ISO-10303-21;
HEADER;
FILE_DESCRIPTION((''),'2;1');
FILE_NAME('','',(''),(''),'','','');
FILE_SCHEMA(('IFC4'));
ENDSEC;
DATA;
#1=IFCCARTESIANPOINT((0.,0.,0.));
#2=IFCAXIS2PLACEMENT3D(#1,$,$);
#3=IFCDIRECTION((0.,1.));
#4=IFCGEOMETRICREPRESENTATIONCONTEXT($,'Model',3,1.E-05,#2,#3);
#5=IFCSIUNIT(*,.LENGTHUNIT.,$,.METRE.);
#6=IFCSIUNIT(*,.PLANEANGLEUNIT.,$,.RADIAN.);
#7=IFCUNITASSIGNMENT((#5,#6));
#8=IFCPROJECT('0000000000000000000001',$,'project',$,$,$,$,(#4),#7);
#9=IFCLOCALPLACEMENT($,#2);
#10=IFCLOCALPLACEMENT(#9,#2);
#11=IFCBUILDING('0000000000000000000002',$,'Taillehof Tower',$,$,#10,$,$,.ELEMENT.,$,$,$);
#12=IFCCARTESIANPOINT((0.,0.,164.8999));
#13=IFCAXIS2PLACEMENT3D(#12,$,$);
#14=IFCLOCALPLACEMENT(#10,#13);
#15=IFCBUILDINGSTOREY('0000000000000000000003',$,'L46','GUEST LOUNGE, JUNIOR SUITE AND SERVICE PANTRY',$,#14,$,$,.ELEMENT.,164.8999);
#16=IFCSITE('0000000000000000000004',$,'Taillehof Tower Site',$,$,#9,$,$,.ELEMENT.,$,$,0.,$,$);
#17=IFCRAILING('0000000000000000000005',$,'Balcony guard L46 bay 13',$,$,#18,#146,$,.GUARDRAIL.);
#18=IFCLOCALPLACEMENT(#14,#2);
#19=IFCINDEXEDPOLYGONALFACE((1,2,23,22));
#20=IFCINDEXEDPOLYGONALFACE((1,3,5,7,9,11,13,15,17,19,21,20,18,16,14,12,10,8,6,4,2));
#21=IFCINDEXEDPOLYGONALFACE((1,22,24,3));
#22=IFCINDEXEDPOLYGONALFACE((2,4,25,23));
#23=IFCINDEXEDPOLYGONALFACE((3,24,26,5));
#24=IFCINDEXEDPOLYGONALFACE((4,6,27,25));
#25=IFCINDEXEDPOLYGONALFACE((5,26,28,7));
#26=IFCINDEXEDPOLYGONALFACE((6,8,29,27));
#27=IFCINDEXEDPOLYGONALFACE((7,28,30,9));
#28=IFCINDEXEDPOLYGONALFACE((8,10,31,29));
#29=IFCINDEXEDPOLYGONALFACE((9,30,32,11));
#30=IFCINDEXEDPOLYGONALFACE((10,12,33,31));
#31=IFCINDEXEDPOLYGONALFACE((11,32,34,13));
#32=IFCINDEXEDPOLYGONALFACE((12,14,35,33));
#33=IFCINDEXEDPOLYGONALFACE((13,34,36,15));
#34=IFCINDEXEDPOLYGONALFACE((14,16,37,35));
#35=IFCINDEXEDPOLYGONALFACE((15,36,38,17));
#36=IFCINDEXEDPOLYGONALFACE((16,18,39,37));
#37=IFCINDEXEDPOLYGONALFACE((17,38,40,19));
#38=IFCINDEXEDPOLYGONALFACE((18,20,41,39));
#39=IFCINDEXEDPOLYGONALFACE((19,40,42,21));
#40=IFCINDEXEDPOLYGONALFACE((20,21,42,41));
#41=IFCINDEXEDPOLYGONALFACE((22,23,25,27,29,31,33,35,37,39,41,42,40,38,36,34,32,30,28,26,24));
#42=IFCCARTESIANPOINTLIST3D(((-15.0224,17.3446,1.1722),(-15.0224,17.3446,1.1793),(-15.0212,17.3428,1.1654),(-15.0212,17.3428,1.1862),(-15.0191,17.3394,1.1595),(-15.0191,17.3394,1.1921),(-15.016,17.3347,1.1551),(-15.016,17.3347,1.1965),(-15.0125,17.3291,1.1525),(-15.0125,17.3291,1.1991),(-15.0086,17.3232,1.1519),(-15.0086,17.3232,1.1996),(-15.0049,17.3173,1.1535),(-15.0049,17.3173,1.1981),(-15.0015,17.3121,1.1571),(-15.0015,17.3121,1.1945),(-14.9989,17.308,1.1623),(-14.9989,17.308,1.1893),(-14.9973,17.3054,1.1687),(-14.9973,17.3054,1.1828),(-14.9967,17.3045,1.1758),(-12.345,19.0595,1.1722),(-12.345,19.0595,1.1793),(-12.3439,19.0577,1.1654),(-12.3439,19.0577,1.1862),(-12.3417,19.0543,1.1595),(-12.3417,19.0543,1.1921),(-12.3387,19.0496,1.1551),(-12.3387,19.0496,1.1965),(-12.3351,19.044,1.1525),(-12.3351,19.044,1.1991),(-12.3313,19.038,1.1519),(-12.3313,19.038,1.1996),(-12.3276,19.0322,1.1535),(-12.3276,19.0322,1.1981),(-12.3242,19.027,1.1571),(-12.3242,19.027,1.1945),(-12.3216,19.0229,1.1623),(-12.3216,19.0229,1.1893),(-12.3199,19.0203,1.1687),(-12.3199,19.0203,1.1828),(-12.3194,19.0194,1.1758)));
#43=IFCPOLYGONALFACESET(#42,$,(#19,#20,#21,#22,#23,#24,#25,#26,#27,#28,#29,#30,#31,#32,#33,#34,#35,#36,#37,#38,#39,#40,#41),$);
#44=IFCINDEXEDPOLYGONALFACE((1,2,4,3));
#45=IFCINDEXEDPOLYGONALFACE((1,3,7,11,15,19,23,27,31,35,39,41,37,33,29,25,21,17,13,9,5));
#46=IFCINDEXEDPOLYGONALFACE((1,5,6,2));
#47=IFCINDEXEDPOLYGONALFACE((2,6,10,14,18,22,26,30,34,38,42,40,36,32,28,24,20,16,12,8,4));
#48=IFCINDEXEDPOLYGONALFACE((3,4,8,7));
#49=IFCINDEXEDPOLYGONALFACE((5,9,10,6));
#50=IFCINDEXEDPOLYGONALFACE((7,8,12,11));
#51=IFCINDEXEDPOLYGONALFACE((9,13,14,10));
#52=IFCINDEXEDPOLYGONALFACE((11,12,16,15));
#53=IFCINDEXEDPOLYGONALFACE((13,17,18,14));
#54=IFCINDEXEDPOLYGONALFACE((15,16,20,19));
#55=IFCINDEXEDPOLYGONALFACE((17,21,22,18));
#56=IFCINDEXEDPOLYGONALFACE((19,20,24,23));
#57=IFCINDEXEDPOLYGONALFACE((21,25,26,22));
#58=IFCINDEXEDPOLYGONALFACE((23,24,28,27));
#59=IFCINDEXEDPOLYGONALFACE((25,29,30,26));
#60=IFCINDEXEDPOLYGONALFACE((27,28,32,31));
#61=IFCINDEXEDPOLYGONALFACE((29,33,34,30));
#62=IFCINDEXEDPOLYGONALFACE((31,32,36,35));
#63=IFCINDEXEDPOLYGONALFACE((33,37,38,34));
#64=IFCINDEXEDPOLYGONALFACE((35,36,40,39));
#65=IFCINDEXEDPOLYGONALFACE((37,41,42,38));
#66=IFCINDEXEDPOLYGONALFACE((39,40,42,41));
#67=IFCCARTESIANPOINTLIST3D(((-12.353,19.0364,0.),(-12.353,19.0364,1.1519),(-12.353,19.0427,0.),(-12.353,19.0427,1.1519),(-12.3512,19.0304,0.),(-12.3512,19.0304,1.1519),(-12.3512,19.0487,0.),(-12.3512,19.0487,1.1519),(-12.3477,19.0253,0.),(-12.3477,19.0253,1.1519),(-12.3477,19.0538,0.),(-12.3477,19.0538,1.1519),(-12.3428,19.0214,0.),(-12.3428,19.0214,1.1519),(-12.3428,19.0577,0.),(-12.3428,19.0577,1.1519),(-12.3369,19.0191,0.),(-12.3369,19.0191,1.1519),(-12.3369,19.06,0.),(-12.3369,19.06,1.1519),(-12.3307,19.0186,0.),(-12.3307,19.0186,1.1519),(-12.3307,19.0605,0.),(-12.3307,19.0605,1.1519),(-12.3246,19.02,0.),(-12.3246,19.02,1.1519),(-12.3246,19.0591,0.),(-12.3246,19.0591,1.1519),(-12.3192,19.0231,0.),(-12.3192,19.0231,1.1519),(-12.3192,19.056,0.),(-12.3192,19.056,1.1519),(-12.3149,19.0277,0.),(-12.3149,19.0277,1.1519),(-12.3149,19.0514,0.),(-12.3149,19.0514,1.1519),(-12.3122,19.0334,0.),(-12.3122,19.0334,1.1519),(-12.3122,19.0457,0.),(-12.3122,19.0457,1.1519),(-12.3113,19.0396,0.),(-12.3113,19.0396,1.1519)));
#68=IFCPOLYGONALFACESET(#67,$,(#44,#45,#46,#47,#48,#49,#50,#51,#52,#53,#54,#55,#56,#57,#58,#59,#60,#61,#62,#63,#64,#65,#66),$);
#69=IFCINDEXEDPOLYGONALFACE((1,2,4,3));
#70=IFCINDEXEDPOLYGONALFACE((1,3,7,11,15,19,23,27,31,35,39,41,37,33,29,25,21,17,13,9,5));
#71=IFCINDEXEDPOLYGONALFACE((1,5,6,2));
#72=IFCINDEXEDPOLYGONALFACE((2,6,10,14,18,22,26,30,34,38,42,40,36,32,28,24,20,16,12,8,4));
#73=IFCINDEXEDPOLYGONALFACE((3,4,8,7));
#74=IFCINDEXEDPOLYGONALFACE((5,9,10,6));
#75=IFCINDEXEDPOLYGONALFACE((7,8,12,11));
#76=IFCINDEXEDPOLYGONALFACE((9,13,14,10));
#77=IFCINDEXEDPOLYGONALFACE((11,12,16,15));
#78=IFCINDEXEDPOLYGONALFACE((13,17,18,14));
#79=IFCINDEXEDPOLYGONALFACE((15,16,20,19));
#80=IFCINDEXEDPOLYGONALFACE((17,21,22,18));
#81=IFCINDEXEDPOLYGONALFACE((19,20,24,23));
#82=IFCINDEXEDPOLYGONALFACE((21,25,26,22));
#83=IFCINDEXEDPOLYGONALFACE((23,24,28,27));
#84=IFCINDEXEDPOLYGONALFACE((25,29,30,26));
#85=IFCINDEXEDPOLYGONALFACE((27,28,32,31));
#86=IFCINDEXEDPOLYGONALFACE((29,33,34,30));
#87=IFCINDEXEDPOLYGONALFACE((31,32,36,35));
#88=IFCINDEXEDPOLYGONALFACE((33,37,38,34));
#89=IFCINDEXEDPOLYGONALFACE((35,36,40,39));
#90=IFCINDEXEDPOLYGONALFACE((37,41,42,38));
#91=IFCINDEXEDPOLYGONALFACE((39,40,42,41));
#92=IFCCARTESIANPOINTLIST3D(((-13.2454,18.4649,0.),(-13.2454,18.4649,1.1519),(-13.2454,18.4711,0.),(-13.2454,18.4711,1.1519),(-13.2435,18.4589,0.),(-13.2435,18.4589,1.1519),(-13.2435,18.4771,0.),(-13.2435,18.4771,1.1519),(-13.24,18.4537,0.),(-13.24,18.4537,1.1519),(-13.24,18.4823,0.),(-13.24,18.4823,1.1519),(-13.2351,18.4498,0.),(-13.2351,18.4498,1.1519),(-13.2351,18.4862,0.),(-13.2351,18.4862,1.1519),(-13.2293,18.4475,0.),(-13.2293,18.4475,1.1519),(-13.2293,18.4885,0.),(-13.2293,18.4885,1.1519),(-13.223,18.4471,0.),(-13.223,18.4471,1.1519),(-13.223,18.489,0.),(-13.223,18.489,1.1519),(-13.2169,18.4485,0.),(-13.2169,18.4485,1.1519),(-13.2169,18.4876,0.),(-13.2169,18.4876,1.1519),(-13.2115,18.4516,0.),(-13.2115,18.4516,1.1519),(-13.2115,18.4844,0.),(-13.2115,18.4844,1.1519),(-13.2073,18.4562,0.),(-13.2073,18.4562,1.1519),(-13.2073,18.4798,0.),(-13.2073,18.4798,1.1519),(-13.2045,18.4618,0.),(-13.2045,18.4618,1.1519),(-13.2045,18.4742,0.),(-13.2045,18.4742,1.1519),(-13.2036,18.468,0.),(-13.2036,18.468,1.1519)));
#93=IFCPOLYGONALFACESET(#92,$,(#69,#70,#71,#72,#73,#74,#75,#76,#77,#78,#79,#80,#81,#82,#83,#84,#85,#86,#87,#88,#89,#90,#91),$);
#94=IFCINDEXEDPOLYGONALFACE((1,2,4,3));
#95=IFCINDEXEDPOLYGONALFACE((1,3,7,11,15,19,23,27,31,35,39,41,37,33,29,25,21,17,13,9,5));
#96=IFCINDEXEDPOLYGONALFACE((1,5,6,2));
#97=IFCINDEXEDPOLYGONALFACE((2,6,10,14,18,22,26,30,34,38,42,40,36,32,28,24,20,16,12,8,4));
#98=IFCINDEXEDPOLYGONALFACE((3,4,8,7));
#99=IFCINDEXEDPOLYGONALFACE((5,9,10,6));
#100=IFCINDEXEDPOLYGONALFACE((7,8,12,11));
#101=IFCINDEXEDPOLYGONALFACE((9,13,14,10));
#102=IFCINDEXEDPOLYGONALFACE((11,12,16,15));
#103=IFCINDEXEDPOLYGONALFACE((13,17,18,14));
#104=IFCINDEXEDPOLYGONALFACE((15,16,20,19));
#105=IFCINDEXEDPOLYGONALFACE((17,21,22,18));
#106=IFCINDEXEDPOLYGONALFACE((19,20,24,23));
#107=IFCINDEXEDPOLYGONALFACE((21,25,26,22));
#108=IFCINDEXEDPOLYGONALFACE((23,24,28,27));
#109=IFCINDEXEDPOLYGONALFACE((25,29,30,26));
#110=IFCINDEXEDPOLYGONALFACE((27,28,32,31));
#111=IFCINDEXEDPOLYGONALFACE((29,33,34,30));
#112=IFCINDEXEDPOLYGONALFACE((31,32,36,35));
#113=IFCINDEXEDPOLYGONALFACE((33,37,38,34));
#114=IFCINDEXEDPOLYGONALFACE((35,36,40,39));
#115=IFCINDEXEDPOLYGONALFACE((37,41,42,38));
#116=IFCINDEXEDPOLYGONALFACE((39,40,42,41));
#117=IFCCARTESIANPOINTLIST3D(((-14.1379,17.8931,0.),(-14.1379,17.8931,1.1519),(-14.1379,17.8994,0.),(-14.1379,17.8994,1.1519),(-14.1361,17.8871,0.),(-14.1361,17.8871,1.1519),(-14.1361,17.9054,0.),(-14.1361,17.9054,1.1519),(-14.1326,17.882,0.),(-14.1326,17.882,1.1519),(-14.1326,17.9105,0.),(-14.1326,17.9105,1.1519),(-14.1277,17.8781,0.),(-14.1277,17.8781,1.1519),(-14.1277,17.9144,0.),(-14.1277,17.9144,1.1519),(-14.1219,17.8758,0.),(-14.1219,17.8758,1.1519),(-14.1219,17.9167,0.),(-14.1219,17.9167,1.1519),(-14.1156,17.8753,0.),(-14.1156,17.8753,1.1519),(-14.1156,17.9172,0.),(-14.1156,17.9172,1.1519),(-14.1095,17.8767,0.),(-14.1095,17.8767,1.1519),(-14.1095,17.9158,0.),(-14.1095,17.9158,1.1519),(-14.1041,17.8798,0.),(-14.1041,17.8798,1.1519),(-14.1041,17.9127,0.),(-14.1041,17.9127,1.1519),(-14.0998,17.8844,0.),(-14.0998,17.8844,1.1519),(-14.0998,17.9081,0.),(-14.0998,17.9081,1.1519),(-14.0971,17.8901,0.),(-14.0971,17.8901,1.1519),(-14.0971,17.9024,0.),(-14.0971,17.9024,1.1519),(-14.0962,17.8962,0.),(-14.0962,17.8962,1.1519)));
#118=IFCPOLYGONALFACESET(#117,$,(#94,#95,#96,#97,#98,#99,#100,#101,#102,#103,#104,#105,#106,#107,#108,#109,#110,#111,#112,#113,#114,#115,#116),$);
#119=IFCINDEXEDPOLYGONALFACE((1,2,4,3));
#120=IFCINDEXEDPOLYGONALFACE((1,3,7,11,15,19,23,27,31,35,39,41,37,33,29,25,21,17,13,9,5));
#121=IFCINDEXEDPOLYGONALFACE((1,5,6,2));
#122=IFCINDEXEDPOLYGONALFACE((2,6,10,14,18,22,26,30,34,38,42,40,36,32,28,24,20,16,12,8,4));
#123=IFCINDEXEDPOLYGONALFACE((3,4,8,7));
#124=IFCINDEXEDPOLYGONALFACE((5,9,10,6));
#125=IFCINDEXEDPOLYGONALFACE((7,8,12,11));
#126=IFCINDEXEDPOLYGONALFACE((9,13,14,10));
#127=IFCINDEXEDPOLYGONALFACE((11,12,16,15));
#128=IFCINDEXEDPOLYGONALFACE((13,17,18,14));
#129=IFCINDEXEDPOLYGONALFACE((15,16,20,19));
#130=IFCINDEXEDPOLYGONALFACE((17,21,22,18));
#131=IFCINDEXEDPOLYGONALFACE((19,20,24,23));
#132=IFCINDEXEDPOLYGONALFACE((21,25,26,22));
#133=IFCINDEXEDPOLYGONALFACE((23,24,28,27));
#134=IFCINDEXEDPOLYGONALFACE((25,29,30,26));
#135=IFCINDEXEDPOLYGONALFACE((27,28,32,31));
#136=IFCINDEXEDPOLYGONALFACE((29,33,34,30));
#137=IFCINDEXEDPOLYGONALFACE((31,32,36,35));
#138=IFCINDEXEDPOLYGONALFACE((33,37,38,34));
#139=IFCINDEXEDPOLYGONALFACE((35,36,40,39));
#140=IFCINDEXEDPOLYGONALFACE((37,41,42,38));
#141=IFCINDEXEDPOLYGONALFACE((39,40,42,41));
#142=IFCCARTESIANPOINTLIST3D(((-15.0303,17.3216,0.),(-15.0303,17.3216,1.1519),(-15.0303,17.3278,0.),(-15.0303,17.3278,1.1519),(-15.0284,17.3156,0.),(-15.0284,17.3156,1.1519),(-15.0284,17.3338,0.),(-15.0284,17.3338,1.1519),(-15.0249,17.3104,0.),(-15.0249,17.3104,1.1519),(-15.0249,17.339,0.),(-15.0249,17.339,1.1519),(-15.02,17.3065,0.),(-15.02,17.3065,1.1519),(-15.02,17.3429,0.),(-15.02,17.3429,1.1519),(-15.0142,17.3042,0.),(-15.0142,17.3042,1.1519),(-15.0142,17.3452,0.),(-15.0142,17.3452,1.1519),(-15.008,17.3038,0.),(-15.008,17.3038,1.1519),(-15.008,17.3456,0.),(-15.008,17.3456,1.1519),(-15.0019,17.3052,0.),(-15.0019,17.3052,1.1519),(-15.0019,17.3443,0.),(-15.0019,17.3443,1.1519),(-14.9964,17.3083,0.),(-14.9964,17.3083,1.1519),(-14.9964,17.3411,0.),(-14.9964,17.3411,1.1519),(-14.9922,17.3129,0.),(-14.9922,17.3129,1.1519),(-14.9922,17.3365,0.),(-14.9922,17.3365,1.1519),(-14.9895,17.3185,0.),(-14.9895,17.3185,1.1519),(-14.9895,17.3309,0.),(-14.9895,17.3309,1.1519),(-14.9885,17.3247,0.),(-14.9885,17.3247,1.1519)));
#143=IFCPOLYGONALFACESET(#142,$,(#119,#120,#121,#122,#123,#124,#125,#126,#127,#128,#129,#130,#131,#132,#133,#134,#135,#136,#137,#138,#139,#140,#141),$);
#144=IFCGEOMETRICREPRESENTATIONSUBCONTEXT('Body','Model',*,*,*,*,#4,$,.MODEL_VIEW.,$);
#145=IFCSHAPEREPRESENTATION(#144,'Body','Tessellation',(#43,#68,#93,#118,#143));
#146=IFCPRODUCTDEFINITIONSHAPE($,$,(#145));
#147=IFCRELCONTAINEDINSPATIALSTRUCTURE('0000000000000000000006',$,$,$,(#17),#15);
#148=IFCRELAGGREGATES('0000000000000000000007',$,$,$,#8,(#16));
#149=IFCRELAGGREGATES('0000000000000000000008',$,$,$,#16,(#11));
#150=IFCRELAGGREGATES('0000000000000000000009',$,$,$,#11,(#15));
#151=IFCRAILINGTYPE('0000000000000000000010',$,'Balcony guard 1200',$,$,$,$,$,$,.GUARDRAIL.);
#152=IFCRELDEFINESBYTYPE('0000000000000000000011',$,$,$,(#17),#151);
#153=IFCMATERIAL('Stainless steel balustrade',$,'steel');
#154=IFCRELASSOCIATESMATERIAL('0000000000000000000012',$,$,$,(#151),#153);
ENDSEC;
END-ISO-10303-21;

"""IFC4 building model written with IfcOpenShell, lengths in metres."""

from ifc_helpers import new_model, si_unit, direction, frame, origin, origin_2d, place, context, subcontext, project, spatial, circle, extrude, material, type_object, element, save


model = new_model("IFC4")

# Units and contexts
model_context = context("Model", 3, precision=1e-05, world=origin(), true_north=direction((0.0, 1.0)))
body_context = subcontext(model_context, "Body", "Model", "MODEL_VIEW")
ifc_project = project(units=[si_unit("LENGTHUNIT", "METRE"), si_unit("PLANEANGLEUNIT", "RADIAN")], contexts=[model_context])

# Site, building, storey
site_placement = place(None, origin())
site = spatial("IfcSite", under=ifc_project, at=site_placement, Name="Taillehof Tower Site", CompositionType="ELEMENT", RefElevation=0.0)
building_placement = place(site_placement, origin())
building = spatial("IfcBuilding", under=site, at=building_placement, Name="Taillehof Tower", CompositionType="ELEMENT")
storey_placement = place(building_placement, frame((0.0, 0.0, 164.8999)))
storey = spatial("IfcBuildingStorey", under=building, at=storey_placement, Name="L46", Description="GUEST LOUNGE, JUNIOR SUITE AND SERVICE PANTRY", CompositionType="ELEMENT", Elevation=164.8999)

# Railing
ifc_material_1 = material(Name="Stainless steel balustrade", Category="steel")
railing_type = type_object("IfcRailingType", Name="Balcony guard 1200", PredefinedType="GUARDRAIL", material=ifc_material_1)
railing_1_placement = place(storey_placement, frame((-12.3323, 19.0396, 0.0)))
element("IfcRailing", 1, at=railing_1_placement, inside=storey, type_object=railing_type, Name="Balcony guard L46 bay 13", PredefinedType="GUARDRAIL", context=body_context, shape_type="SweptSolid", body=[
    extrude(circle(Radius=0.0239, at=origin_2d()), frame((0.0, 0.0, 1.1758), z_axis=(-0.842071, -0.539367, 0.0), x_axis=(0.539367, -0.842071, 0.0)), (0.0, 0.0, 1.0), 3.1794),
    extrude(circle(Radius=0.021, at=origin_2d()), origin(), (0.0, 0.0, 1.0), 1.1519),
    extrude(circle(Radius=0.021, at=origin_2d()), frame((-0.8923, -0.5715, 0.0)), (0.0, 0.0, 1.0), 1.1519),
    extrude(circle(Radius=0.021, at=origin_2d()), frame((-1.7849, -1.1433, 0.0)), (0.0, 0.0, 1.0), 1.1519),
    extrude(circle(Radius=0.021, at=origin_2d()), frame((-2.6772, -1.7148, 0.0)), (0.0, 0.0, 1.0), 1.1519),
])

save(model, "model.ifc")
